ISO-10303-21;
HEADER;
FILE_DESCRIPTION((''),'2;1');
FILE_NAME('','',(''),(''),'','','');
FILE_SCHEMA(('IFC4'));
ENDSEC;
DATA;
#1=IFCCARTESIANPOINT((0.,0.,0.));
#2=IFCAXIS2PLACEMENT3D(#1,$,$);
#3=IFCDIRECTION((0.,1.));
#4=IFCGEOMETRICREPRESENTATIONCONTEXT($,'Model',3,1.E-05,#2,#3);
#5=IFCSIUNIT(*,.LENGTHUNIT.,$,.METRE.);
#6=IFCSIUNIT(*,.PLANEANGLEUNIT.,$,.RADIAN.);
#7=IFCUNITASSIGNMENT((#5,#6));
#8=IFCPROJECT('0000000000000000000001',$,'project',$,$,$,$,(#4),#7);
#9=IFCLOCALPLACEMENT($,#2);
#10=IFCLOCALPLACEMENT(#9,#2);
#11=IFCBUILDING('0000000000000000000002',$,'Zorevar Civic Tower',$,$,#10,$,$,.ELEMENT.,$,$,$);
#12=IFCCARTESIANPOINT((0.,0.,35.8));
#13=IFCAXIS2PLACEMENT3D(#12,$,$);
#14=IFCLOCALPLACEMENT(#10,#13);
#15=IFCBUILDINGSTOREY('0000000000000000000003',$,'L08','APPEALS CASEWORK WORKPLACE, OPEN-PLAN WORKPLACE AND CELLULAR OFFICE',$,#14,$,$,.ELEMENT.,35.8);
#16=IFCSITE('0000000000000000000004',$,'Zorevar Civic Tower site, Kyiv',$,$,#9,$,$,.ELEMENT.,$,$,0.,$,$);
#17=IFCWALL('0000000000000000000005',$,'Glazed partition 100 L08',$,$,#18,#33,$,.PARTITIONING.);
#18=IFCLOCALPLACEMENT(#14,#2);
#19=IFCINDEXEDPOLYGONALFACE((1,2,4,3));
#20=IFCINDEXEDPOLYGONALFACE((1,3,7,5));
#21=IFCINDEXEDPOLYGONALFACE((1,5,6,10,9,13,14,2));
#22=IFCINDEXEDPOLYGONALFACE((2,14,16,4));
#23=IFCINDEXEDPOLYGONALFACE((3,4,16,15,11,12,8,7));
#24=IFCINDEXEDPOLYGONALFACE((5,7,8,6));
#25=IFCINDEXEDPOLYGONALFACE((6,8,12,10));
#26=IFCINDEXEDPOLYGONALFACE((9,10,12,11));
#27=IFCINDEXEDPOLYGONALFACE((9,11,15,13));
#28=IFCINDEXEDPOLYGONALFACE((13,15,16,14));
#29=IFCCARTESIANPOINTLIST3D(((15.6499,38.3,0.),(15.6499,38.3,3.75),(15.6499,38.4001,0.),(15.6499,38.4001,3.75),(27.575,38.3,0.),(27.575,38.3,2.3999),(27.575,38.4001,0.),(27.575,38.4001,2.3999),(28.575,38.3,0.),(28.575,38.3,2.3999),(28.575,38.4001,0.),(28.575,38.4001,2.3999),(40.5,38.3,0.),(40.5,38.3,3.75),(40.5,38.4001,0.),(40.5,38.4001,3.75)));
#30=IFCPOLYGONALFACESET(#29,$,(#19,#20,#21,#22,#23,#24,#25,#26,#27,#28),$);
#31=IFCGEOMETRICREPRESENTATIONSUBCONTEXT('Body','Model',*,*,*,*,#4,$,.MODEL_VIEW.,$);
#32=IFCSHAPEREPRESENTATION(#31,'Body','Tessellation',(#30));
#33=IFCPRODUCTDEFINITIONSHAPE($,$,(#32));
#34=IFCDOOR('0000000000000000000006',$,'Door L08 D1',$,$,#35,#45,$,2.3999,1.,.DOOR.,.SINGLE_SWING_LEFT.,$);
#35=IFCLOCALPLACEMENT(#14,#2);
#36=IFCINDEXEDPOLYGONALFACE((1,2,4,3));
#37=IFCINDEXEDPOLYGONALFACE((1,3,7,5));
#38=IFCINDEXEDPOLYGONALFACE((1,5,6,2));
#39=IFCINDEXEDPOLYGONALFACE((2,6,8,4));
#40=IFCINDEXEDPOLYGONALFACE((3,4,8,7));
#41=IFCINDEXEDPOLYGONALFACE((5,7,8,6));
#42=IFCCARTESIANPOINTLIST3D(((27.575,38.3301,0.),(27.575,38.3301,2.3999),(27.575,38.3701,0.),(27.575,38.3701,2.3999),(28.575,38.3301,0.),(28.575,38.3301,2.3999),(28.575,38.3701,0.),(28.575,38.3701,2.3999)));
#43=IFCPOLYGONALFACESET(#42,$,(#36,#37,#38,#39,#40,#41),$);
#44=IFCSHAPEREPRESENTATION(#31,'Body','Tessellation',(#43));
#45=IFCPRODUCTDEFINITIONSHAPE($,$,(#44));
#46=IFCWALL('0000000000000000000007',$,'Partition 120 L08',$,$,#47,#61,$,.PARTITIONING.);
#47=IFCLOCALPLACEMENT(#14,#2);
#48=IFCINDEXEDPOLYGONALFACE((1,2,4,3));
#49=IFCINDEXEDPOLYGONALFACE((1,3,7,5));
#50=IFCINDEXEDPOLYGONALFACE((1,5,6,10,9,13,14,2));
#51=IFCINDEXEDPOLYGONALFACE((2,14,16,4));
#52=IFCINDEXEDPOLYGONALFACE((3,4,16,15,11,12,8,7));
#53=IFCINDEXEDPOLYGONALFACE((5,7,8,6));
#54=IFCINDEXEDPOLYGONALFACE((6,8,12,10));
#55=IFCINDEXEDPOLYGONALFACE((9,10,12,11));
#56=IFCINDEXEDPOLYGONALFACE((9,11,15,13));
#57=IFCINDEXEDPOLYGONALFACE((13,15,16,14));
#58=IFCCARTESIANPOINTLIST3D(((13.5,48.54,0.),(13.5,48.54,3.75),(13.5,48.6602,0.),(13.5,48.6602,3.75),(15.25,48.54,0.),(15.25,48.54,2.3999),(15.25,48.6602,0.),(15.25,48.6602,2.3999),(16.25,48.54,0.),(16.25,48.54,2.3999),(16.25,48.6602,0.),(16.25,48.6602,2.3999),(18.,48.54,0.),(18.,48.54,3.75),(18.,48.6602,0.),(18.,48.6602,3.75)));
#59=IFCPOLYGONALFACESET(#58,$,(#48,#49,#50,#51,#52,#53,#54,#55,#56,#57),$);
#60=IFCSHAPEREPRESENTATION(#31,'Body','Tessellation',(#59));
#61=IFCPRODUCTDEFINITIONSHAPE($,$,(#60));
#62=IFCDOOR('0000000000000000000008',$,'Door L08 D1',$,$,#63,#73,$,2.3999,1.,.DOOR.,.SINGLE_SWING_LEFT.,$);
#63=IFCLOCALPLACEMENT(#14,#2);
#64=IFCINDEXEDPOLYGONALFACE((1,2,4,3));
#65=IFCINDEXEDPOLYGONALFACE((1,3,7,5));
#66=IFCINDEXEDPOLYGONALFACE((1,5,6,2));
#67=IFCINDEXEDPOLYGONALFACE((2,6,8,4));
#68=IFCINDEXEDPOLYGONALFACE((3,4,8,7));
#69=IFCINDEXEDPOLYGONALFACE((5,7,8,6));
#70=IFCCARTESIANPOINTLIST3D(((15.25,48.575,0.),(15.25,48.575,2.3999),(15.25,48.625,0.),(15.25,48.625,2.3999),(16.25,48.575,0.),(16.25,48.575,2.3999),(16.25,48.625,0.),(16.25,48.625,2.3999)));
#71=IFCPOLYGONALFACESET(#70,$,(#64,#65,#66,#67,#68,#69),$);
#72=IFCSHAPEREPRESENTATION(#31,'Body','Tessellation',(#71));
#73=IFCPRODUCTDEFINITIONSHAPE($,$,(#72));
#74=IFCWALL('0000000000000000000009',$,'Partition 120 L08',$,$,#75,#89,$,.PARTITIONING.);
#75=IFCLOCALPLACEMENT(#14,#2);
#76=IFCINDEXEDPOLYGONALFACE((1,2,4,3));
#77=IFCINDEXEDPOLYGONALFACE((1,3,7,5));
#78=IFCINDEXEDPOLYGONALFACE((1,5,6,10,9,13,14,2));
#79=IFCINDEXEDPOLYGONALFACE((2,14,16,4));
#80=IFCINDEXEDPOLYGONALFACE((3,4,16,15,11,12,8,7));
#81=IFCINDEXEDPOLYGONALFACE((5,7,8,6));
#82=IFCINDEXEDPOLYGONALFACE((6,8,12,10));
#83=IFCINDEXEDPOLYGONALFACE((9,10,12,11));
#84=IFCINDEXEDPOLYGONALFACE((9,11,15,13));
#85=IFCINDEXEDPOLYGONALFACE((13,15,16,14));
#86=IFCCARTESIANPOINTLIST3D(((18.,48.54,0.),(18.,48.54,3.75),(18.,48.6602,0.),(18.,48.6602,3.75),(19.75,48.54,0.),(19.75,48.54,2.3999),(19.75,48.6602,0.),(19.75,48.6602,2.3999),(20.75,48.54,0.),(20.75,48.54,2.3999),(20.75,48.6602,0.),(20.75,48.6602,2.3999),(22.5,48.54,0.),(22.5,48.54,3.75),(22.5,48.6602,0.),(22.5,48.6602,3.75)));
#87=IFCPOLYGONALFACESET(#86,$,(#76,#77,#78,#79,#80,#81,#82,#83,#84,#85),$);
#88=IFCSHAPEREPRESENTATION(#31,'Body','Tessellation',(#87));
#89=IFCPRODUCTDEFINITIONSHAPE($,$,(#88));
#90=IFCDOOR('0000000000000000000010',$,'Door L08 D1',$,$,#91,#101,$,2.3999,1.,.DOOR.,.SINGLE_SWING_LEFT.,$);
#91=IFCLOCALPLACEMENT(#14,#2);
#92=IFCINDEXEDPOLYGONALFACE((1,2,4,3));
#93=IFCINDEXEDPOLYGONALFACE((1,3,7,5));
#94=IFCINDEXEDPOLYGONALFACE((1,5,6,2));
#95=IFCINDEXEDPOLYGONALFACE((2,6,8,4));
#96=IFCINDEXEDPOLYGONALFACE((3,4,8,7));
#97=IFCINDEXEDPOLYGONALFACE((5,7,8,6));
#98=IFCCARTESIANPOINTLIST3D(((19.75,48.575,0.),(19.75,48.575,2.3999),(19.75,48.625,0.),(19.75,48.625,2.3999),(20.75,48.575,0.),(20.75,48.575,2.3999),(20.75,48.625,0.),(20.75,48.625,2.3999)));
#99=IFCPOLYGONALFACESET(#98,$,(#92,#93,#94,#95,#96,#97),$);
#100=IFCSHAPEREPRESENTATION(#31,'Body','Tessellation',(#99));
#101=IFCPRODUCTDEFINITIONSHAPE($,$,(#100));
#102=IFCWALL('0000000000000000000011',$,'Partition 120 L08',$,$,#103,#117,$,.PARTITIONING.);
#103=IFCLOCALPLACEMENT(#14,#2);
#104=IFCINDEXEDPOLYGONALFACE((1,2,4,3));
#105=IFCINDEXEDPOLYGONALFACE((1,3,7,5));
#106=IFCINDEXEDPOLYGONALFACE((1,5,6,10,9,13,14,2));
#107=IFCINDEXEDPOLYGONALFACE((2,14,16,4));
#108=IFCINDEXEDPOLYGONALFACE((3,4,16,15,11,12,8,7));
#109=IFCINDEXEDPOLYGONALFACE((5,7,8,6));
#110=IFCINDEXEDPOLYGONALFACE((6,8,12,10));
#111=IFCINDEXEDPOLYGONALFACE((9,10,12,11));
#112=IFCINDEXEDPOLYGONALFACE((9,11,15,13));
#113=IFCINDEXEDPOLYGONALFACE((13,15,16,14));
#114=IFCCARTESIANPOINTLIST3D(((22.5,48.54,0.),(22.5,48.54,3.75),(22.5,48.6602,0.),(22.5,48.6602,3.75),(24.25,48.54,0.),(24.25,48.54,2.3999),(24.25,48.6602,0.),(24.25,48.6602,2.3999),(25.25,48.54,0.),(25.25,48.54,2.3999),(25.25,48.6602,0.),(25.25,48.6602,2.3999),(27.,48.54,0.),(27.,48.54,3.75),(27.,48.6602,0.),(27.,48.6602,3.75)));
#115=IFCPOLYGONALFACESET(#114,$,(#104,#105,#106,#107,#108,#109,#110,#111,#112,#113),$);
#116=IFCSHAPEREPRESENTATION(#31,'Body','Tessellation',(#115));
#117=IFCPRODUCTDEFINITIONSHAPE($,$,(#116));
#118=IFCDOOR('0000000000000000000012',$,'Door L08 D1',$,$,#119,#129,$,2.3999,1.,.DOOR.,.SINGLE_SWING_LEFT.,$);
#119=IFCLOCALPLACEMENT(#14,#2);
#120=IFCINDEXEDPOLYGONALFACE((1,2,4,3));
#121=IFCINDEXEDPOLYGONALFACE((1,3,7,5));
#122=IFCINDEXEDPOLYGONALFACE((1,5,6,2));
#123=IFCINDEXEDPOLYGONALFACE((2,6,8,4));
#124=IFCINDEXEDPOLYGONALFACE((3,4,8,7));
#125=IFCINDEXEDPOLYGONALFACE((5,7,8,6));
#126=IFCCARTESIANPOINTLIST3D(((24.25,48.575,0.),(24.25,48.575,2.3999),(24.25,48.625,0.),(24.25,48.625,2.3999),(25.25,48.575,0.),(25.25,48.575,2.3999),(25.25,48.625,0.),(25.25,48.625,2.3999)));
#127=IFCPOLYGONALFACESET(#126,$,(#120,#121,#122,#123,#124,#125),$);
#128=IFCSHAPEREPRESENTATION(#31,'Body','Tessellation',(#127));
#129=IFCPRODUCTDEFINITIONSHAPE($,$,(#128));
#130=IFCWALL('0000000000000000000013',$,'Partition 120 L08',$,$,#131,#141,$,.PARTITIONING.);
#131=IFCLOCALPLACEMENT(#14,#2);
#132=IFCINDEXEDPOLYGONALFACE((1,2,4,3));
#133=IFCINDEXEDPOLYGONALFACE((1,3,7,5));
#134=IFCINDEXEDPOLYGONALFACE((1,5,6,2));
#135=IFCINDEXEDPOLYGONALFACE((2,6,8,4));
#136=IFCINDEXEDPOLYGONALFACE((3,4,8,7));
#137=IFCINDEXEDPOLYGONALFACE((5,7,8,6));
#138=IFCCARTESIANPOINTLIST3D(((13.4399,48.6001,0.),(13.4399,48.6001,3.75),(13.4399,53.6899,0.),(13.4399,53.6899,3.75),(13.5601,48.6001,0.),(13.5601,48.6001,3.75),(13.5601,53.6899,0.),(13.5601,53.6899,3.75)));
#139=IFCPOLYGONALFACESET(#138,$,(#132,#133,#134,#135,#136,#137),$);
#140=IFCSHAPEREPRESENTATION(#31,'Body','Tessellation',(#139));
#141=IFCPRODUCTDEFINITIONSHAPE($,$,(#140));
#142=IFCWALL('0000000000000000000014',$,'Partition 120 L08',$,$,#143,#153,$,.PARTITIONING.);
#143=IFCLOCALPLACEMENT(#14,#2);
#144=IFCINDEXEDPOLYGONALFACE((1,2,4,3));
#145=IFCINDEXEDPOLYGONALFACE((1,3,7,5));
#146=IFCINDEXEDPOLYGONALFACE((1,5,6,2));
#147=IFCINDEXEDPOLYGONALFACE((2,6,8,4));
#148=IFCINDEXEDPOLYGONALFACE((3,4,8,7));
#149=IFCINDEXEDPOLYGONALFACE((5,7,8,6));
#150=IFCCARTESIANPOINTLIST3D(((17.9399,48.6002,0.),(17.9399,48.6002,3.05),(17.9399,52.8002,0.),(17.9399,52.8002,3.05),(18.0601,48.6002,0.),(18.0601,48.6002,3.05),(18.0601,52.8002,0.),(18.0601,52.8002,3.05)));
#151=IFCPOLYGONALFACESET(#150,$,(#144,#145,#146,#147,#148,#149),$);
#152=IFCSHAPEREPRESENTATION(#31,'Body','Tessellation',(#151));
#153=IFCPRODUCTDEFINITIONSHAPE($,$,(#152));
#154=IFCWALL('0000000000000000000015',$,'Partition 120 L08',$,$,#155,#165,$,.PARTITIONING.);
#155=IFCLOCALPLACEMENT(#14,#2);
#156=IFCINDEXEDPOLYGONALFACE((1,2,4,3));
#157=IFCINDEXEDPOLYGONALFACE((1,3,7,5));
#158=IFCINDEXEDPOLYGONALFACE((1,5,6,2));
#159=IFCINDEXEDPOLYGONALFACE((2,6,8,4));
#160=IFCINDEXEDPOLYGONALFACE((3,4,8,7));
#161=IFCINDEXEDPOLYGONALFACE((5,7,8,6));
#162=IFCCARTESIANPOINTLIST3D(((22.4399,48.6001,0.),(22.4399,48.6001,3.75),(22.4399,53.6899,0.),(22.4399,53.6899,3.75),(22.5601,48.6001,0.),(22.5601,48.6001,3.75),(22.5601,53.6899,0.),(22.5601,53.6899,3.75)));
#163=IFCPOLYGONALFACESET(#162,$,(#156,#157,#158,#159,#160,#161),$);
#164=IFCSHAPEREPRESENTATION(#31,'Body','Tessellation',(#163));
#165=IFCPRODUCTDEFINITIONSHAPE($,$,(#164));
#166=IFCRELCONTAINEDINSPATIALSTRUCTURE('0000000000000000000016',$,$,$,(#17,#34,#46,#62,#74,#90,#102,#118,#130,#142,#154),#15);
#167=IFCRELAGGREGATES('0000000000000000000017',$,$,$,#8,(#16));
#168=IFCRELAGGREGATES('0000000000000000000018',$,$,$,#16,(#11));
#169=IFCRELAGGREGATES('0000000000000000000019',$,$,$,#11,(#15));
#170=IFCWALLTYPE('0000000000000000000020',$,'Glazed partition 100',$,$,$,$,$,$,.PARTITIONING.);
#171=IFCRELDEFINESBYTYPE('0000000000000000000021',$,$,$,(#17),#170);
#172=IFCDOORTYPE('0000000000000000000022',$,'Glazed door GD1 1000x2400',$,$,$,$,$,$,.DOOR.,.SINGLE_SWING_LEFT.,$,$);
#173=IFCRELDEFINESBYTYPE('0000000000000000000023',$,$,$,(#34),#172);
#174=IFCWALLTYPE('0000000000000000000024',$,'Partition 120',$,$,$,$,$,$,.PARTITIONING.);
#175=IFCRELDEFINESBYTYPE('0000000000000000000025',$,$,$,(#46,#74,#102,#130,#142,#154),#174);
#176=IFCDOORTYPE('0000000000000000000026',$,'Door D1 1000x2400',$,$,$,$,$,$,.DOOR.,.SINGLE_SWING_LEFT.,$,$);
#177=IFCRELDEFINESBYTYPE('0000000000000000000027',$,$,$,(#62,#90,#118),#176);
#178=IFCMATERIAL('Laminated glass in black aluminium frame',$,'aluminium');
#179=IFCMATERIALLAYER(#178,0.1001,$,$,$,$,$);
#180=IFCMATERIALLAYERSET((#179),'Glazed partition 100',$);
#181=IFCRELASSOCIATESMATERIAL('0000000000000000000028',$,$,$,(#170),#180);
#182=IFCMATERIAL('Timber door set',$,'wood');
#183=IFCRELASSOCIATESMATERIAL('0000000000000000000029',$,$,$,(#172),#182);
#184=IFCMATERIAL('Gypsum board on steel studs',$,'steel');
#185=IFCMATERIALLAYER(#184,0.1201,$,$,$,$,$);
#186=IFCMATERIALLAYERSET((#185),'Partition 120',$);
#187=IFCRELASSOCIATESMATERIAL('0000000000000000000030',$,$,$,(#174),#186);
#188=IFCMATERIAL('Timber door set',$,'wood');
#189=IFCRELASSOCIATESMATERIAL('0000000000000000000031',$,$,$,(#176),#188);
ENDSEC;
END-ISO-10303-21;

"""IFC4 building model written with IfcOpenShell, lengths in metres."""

from ifc_helpers import new_model, si_unit, direction, frame, frame_2d, origin, place, context, subcontext, project, spatial, rectangle, extrude, material, layer, layer_set, type_object, element, fill, save


model = new_model("IFC4")

# Units and contexts
model_context = context("Model", 3, precision=1e-05, world=origin(), true_north=direction((0.0, 1.0)))
body_context = subcontext(model_context, "Body", "Model", "MODEL_VIEW")
ifc_project = project(units=[si_unit("LENGTHUNIT", "METRE"), si_unit("PLANEANGLEUNIT", "RADIAN")], contexts=[model_context])

# Site, building, storey
site_placement = place(None, origin())
site = spatial("IfcSite", under=ifc_project, at=site_placement, Name="Zorevar Civic Tower site, Kyiv", CompositionType="ELEMENT", RefElevation=0.0)
building_placement = place(site_placement, origin())
building = spatial("IfcBuilding", under=site, at=building_placement, Name="Zorevar Civic Tower", CompositionType="ELEMENT")
storey_placement = place(building_placement, frame((0.0, 0.0, 35.8)))
storey = spatial("IfcBuildingStorey", under=building, at=storey_placement, Name="L08", Description="APPEALS CASEWORK WORKPLACE, OPEN-PLAN WORKPLACE AND CELLULAR OFFICE", CompositionType="ELEMENT", Elevation=35.8)

# Walls, openings, doors
ifc_material_1 = material(Name="Laminated glass in black aluminium frame", Category="aluminium")
ifc_layer_1 = layer(ifc_material_1, 0.1001)
ifc_layer_set_1 = layer_set([ifc_layer_1], Name="Glazed partition 100")
wall_type_1 = type_object("IfcWallType", Name="Glazed partition 100", PredefinedType="PARTITIONING", material=ifc_layer_set_1)
wall_1_placement = place(storey_placement, frame((15.6499, 38.3501, 0.0), z_axis=(0.0, 0.0, 1.0), x_axis=(1.0, 0.0, 0.0)))
wall_1 = element("IfcWall", 1, at=wall_1_placement, inside=storey, type_object=wall_type_1, Name="Glazed partition 100 L08", PredefinedType="PARTITIONING", context=body_context, shape_type="SweptSolid", body=[
    extrude(rectangle(XDim=24.8501, YDim=0.1001, at=frame_2d((12.425, 0.0))), origin(), (0.0, 0.0, 1.0), 3.75),
])
opening_1_placement = place(wall_1_placement, frame((11.925, 0.0, 0.0)))
opening_1 = element("IfcOpeningElement", 2, at=opening_1_placement, cuts=wall_1, PredefinedType="OPENING", context=body_context, shape_type="SweptSolid", body=[
    extrude(rectangle(XDim=1.0, YDim=2.3999, at=frame_2d((0.5, 1.2))), frame((0.0, 0.0601, 0.0), z_axis=(0.0, -1.0, 0.0), x_axis=(1.0, 0.0, 0.0)), (0.0, 0.0, 1.0), 0.1201),
])
ifc_material_2 = material(Name="Timber door set", Category="wood")
door_type_1 = type_object("IfcDoorType", Name="Glazed door GD1 1000x2400", OperationType="SINGLE_SWING_LEFT", PredefinedType="DOOR", material=ifc_material_2)
door_1_placement = place(opening_1_placement, origin())
door_1 = element("IfcDoor", 3, at=door_1_placement, inside=storey, type_object=door_type_1, Name="Door L08 D1", OperationType="SINGLE_SWING_LEFT", OverallHeight=2.3999, OverallWidth=1.0, PredefinedType="DOOR", context=body_context, shape_type="SweptSolid", body=[
    extrude(rectangle(XDim=1.0, YDim=2.3999, at=frame_2d((0.5, 1.2))), frame((0.0, 0.02, 0.0), z_axis=(0.0, -1.0, 0.0), x_axis=(1.0, 0.0, 0.0)), (0.0, 0.0, 1.0), 0.04),
])
fill(opening_1, door_1)
ifc_material_3 = material(Name="Gypsum board on steel studs", Category="steel")
ifc_layer_2 = layer(ifc_material_3, 0.1201)
ifc_layer_set_2 = layer_set([ifc_layer_2], Name="Partition 120")
wall_type_2 = type_object("IfcWallType", Name="Partition 120", PredefinedType="PARTITIONING", material=ifc_layer_set_2)
wall_2_placement = place(storey_placement, frame((13.5, 48.6001, 0.0), z_axis=(0.0, 0.0, 1.0), x_axis=(1.0, 0.0, 0.0)))
wall_2 = element("IfcWall", 4, at=wall_2_placement, inside=storey, type_object=wall_type_2, Name="Partition 120 L08", PredefinedType="PARTITIONING", context=body_context, shape_type="SweptSolid", body=[
    extrude(rectangle(XDim=4.5, YDim=0.1201, at=frame_2d((2.25, 0.0))), origin(), (0.0, 0.0, 1.0), 3.75),
])
opening_2_placement = place(wall_2_placement, frame((1.75, 0.0, 0.0)))
opening_2 = element("IfcOpeningElement", 5, at=opening_2_placement, cuts=wall_2, PredefinedType="OPENING", context=body_context, shape_type="SweptSolid", body=[
    extrude(rectangle(XDim=1.0, YDim=2.3999, at=frame_2d((0.5, 1.2))), frame((0.0, 0.0701, 0.0), z_axis=(0.0, -1.0, 0.0), x_axis=(1.0, 0.0, 0.0)), (0.0, 0.0, 1.0), 0.1401),
])
ifc_material_4 = material(Name="Timber door set", Category="wood")
door_type_2 = type_object("IfcDoorType", Name="Door D1 1000x2400", OperationType="SINGLE_SWING_LEFT", PredefinedType="DOOR", material=ifc_material_4)
door_2_placement = place(opening_2_placement, origin())
door_2 = element("IfcDoor", 6, at=door_2_placement, inside=storey, type_object=door_type_2, Name="Door L08 D1", OperationType="SINGLE_SWING_LEFT", OverallHeight=2.3999, OverallWidth=1.0, PredefinedType="DOOR", context=body_context, shape_type="SweptSolid", body=[
    extrude(rectangle(XDim=1.0, YDim=2.3999, at=frame_2d((0.5, 1.2))), frame((0.0, 0.0249, 0.0), z_axis=(0.0, -1.0, 0.0), x_axis=(1.0, 0.0, 0.0)), (0.0, 0.0, 1.0), 0.05),
])
fill(opening_2, door_2)
wall_3_placement = place(storey_placement, frame((18.0, 48.6001, 0.0), z_axis=(0.0, 0.0, 1.0), x_axis=(1.0, 0.0, 0.0)))
wall_3 = element("IfcWall", 7, at=wall_3_placement, inside=storey, type_object=wall_type_2, Name="Partition 120 L08", PredefinedType="PARTITIONING", context=body_context, shape_type="SweptSolid", body=[
    extrude(rectangle(XDim=4.5, YDim=0.1201, at=frame_2d((2.25, 0.0))), origin(), (0.0, 0.0, 1.0), 3.75),
])
opening_3_placement = place(wall_3_placement, frame((1.75, 0.0, 0.0)))
opening_3 = element("IfcOpeningElement", 8, at=opening_3_placement, cuts=wall_3, PredefinedType="OPENING", context=body_context, shape_type="SweptSolid", body=[
    extrude(rectangle(XDim=1.0, YDim=2.3999, at=frame_2d((0.5, 1.2))), frame((0.0, 0.0701, 0.0), z_axis=(0.0, -1.0, 0.0), x_axis=(1.0, 0.0, 0.0)), (0.0, 0.0, 1.0), 0.1401),
])
door_3_placement = place(opening_3_placement, origin())
door_3 = element("IfcDoor", 9, at=door_3_placement, inside=storey, type_object=door_type_2, Name="Door L08 D1", OperationType="SINGLE_SWING_LEFT", OverallHeight=2.3999, OverallWidth=1.0, PredefinedType="DOOR", context=body_context, shape_type="SweptSolid", body=[
    extrude(rectangle(XDim=1.0, YDim=2.3999, at=frame_2d((0.5, 1.2))), frame((0.0, 0.0249, 0.0), z_axis=(0.0, -1.0, 0.0), x_axis=(1.0, 0.0, 0.0)), (0.0, 0.0, 1.0), 0.05),
])
fill(opening_3, door_3)
wall_4_placement = place(storey_placement, frame((22.5, 48.6001, 0.0), z_axis=(0.0, 0.0, 1.0), x_axis=(1.0, 0.0, 0.0)))
wall_4 = element("IfcWall", 10, at=wall_4_placement, inside=storey, type_object=wall_type_2, Name="Partition 120 L08", PredefinedType="PARTITIONING", context=body_context, shape_type="SweptSolid", body=[
    extrude(rectangle(XDim=4.5, YDim=0.1201, at=frame_2d((2.25, 0.0))), origin(), (0.0, 0.0, 1.0), 3.75),
])
opening_4_placement = place(wall_4_placement, frame((1.75, 0.0, 0.0)))
opening_4 = element("IfcOpeningElement", 11, at=opening_4_placement, cuts=wall_4, PredefinedType="OPENING", context=body_context, shape_type="SweptSolid", body=[
    extrude(rectangle(XDim=1.0, YDim=2.3999, at=frame_2d((0.5, 1.2))), frame((0.0, 0.0701, 0.0), z_axis=(0.0, -1.0, 0.0), x_axis=(1.0, 0.0, 0.0)), (0.0, 0.0, 1.0), 0.1401),
])
door_4_placement = place(opening_4_placement, origin())
door_4 = element("IfcDoor", 12, at=door_4_placement, inside=storey, type_object=door_type_2, Name="Door L08 D1", OperationType="SINGLE_SWING_LEFT", OverallHeight=2.3999, OverallWidth=1.0, PredefinedType="DOOR", context=body_context, shape_type="SweptSolid", body=[
    extrude(rectangle(XDim=1.0, YDim=2.3999, at=frame_2d((0.5, 1.2))), frame((0.0, 0.0249, 0.0), z_axis=(0.0, -1.0, 0.0), x_axis=(1.0, 0.0, 0.0)), (0.0, 0.0, 1.0), 0.05),
])
fill(opening_4, door_4)

# Walls
wall_5_placement = place(storey_placement, frame((13.5, 48.6001, 0.0), z_axis=(0.0, 0.0, 1.0), x_axis=(0.0, 1.0, 0.0)))
element("IfcWall", 13, at=wall_5_placement, inside=storey, type_object=wall_type_2, Name="Partition 120 L08", PredefinedType="PARTITIONING", context=body_context, shape_type="SweptSolid", body=[
    extrude(rectangle(XDim=5.0898, YDim=0.1201, at=frame_2d((2.5449, 0.0))), origin(), (0.0, 0.0, 1.0), 3.75),
])
wall_6_placement = place(storey_placement, frame((18.0, 48.6001, 0.0), z_axis=(0.0, 0.0, 1.0), x_axis=(0.0, 1.0, 0.0)))
element("IfcWall", 14, at=wall_6_placement, inside=storey, type_object=wall_type_2, Name="Partition 120 L08", PredefinedType="PARTITIONING", context=body_context, shape_type="SweptSolid", body=[
    extrude(rectangle(XDim=4.2, YDim=0.1201, at=frame_2d((2.1001, 0.0))), origin(), (0.0, 0.0, 1.0), 3.05),
])
wall_7_placement = place(storey_placement, frame((22.5, 48.6001, 0.0), z_axis=(0.0, 0.0, 1.0), x_axis=(0.0, 1.0, 0.0)))
element("IfcWall", 15, at=wall_7_placement, inside=storey, type_object=wall_type_2, Name="Partition 120 L08", PredefinedType="PARTITIONING", context=body_context, shape_type="SweptSolid", body=[
    extrude(rectangle(XDim=5.0898, YDim=0.1201, at=frame_2d((2.5449, 0.0))), origin(), (0.0, 0.0, 1.0), 3.75),
])

save(model, "model.ifc")
